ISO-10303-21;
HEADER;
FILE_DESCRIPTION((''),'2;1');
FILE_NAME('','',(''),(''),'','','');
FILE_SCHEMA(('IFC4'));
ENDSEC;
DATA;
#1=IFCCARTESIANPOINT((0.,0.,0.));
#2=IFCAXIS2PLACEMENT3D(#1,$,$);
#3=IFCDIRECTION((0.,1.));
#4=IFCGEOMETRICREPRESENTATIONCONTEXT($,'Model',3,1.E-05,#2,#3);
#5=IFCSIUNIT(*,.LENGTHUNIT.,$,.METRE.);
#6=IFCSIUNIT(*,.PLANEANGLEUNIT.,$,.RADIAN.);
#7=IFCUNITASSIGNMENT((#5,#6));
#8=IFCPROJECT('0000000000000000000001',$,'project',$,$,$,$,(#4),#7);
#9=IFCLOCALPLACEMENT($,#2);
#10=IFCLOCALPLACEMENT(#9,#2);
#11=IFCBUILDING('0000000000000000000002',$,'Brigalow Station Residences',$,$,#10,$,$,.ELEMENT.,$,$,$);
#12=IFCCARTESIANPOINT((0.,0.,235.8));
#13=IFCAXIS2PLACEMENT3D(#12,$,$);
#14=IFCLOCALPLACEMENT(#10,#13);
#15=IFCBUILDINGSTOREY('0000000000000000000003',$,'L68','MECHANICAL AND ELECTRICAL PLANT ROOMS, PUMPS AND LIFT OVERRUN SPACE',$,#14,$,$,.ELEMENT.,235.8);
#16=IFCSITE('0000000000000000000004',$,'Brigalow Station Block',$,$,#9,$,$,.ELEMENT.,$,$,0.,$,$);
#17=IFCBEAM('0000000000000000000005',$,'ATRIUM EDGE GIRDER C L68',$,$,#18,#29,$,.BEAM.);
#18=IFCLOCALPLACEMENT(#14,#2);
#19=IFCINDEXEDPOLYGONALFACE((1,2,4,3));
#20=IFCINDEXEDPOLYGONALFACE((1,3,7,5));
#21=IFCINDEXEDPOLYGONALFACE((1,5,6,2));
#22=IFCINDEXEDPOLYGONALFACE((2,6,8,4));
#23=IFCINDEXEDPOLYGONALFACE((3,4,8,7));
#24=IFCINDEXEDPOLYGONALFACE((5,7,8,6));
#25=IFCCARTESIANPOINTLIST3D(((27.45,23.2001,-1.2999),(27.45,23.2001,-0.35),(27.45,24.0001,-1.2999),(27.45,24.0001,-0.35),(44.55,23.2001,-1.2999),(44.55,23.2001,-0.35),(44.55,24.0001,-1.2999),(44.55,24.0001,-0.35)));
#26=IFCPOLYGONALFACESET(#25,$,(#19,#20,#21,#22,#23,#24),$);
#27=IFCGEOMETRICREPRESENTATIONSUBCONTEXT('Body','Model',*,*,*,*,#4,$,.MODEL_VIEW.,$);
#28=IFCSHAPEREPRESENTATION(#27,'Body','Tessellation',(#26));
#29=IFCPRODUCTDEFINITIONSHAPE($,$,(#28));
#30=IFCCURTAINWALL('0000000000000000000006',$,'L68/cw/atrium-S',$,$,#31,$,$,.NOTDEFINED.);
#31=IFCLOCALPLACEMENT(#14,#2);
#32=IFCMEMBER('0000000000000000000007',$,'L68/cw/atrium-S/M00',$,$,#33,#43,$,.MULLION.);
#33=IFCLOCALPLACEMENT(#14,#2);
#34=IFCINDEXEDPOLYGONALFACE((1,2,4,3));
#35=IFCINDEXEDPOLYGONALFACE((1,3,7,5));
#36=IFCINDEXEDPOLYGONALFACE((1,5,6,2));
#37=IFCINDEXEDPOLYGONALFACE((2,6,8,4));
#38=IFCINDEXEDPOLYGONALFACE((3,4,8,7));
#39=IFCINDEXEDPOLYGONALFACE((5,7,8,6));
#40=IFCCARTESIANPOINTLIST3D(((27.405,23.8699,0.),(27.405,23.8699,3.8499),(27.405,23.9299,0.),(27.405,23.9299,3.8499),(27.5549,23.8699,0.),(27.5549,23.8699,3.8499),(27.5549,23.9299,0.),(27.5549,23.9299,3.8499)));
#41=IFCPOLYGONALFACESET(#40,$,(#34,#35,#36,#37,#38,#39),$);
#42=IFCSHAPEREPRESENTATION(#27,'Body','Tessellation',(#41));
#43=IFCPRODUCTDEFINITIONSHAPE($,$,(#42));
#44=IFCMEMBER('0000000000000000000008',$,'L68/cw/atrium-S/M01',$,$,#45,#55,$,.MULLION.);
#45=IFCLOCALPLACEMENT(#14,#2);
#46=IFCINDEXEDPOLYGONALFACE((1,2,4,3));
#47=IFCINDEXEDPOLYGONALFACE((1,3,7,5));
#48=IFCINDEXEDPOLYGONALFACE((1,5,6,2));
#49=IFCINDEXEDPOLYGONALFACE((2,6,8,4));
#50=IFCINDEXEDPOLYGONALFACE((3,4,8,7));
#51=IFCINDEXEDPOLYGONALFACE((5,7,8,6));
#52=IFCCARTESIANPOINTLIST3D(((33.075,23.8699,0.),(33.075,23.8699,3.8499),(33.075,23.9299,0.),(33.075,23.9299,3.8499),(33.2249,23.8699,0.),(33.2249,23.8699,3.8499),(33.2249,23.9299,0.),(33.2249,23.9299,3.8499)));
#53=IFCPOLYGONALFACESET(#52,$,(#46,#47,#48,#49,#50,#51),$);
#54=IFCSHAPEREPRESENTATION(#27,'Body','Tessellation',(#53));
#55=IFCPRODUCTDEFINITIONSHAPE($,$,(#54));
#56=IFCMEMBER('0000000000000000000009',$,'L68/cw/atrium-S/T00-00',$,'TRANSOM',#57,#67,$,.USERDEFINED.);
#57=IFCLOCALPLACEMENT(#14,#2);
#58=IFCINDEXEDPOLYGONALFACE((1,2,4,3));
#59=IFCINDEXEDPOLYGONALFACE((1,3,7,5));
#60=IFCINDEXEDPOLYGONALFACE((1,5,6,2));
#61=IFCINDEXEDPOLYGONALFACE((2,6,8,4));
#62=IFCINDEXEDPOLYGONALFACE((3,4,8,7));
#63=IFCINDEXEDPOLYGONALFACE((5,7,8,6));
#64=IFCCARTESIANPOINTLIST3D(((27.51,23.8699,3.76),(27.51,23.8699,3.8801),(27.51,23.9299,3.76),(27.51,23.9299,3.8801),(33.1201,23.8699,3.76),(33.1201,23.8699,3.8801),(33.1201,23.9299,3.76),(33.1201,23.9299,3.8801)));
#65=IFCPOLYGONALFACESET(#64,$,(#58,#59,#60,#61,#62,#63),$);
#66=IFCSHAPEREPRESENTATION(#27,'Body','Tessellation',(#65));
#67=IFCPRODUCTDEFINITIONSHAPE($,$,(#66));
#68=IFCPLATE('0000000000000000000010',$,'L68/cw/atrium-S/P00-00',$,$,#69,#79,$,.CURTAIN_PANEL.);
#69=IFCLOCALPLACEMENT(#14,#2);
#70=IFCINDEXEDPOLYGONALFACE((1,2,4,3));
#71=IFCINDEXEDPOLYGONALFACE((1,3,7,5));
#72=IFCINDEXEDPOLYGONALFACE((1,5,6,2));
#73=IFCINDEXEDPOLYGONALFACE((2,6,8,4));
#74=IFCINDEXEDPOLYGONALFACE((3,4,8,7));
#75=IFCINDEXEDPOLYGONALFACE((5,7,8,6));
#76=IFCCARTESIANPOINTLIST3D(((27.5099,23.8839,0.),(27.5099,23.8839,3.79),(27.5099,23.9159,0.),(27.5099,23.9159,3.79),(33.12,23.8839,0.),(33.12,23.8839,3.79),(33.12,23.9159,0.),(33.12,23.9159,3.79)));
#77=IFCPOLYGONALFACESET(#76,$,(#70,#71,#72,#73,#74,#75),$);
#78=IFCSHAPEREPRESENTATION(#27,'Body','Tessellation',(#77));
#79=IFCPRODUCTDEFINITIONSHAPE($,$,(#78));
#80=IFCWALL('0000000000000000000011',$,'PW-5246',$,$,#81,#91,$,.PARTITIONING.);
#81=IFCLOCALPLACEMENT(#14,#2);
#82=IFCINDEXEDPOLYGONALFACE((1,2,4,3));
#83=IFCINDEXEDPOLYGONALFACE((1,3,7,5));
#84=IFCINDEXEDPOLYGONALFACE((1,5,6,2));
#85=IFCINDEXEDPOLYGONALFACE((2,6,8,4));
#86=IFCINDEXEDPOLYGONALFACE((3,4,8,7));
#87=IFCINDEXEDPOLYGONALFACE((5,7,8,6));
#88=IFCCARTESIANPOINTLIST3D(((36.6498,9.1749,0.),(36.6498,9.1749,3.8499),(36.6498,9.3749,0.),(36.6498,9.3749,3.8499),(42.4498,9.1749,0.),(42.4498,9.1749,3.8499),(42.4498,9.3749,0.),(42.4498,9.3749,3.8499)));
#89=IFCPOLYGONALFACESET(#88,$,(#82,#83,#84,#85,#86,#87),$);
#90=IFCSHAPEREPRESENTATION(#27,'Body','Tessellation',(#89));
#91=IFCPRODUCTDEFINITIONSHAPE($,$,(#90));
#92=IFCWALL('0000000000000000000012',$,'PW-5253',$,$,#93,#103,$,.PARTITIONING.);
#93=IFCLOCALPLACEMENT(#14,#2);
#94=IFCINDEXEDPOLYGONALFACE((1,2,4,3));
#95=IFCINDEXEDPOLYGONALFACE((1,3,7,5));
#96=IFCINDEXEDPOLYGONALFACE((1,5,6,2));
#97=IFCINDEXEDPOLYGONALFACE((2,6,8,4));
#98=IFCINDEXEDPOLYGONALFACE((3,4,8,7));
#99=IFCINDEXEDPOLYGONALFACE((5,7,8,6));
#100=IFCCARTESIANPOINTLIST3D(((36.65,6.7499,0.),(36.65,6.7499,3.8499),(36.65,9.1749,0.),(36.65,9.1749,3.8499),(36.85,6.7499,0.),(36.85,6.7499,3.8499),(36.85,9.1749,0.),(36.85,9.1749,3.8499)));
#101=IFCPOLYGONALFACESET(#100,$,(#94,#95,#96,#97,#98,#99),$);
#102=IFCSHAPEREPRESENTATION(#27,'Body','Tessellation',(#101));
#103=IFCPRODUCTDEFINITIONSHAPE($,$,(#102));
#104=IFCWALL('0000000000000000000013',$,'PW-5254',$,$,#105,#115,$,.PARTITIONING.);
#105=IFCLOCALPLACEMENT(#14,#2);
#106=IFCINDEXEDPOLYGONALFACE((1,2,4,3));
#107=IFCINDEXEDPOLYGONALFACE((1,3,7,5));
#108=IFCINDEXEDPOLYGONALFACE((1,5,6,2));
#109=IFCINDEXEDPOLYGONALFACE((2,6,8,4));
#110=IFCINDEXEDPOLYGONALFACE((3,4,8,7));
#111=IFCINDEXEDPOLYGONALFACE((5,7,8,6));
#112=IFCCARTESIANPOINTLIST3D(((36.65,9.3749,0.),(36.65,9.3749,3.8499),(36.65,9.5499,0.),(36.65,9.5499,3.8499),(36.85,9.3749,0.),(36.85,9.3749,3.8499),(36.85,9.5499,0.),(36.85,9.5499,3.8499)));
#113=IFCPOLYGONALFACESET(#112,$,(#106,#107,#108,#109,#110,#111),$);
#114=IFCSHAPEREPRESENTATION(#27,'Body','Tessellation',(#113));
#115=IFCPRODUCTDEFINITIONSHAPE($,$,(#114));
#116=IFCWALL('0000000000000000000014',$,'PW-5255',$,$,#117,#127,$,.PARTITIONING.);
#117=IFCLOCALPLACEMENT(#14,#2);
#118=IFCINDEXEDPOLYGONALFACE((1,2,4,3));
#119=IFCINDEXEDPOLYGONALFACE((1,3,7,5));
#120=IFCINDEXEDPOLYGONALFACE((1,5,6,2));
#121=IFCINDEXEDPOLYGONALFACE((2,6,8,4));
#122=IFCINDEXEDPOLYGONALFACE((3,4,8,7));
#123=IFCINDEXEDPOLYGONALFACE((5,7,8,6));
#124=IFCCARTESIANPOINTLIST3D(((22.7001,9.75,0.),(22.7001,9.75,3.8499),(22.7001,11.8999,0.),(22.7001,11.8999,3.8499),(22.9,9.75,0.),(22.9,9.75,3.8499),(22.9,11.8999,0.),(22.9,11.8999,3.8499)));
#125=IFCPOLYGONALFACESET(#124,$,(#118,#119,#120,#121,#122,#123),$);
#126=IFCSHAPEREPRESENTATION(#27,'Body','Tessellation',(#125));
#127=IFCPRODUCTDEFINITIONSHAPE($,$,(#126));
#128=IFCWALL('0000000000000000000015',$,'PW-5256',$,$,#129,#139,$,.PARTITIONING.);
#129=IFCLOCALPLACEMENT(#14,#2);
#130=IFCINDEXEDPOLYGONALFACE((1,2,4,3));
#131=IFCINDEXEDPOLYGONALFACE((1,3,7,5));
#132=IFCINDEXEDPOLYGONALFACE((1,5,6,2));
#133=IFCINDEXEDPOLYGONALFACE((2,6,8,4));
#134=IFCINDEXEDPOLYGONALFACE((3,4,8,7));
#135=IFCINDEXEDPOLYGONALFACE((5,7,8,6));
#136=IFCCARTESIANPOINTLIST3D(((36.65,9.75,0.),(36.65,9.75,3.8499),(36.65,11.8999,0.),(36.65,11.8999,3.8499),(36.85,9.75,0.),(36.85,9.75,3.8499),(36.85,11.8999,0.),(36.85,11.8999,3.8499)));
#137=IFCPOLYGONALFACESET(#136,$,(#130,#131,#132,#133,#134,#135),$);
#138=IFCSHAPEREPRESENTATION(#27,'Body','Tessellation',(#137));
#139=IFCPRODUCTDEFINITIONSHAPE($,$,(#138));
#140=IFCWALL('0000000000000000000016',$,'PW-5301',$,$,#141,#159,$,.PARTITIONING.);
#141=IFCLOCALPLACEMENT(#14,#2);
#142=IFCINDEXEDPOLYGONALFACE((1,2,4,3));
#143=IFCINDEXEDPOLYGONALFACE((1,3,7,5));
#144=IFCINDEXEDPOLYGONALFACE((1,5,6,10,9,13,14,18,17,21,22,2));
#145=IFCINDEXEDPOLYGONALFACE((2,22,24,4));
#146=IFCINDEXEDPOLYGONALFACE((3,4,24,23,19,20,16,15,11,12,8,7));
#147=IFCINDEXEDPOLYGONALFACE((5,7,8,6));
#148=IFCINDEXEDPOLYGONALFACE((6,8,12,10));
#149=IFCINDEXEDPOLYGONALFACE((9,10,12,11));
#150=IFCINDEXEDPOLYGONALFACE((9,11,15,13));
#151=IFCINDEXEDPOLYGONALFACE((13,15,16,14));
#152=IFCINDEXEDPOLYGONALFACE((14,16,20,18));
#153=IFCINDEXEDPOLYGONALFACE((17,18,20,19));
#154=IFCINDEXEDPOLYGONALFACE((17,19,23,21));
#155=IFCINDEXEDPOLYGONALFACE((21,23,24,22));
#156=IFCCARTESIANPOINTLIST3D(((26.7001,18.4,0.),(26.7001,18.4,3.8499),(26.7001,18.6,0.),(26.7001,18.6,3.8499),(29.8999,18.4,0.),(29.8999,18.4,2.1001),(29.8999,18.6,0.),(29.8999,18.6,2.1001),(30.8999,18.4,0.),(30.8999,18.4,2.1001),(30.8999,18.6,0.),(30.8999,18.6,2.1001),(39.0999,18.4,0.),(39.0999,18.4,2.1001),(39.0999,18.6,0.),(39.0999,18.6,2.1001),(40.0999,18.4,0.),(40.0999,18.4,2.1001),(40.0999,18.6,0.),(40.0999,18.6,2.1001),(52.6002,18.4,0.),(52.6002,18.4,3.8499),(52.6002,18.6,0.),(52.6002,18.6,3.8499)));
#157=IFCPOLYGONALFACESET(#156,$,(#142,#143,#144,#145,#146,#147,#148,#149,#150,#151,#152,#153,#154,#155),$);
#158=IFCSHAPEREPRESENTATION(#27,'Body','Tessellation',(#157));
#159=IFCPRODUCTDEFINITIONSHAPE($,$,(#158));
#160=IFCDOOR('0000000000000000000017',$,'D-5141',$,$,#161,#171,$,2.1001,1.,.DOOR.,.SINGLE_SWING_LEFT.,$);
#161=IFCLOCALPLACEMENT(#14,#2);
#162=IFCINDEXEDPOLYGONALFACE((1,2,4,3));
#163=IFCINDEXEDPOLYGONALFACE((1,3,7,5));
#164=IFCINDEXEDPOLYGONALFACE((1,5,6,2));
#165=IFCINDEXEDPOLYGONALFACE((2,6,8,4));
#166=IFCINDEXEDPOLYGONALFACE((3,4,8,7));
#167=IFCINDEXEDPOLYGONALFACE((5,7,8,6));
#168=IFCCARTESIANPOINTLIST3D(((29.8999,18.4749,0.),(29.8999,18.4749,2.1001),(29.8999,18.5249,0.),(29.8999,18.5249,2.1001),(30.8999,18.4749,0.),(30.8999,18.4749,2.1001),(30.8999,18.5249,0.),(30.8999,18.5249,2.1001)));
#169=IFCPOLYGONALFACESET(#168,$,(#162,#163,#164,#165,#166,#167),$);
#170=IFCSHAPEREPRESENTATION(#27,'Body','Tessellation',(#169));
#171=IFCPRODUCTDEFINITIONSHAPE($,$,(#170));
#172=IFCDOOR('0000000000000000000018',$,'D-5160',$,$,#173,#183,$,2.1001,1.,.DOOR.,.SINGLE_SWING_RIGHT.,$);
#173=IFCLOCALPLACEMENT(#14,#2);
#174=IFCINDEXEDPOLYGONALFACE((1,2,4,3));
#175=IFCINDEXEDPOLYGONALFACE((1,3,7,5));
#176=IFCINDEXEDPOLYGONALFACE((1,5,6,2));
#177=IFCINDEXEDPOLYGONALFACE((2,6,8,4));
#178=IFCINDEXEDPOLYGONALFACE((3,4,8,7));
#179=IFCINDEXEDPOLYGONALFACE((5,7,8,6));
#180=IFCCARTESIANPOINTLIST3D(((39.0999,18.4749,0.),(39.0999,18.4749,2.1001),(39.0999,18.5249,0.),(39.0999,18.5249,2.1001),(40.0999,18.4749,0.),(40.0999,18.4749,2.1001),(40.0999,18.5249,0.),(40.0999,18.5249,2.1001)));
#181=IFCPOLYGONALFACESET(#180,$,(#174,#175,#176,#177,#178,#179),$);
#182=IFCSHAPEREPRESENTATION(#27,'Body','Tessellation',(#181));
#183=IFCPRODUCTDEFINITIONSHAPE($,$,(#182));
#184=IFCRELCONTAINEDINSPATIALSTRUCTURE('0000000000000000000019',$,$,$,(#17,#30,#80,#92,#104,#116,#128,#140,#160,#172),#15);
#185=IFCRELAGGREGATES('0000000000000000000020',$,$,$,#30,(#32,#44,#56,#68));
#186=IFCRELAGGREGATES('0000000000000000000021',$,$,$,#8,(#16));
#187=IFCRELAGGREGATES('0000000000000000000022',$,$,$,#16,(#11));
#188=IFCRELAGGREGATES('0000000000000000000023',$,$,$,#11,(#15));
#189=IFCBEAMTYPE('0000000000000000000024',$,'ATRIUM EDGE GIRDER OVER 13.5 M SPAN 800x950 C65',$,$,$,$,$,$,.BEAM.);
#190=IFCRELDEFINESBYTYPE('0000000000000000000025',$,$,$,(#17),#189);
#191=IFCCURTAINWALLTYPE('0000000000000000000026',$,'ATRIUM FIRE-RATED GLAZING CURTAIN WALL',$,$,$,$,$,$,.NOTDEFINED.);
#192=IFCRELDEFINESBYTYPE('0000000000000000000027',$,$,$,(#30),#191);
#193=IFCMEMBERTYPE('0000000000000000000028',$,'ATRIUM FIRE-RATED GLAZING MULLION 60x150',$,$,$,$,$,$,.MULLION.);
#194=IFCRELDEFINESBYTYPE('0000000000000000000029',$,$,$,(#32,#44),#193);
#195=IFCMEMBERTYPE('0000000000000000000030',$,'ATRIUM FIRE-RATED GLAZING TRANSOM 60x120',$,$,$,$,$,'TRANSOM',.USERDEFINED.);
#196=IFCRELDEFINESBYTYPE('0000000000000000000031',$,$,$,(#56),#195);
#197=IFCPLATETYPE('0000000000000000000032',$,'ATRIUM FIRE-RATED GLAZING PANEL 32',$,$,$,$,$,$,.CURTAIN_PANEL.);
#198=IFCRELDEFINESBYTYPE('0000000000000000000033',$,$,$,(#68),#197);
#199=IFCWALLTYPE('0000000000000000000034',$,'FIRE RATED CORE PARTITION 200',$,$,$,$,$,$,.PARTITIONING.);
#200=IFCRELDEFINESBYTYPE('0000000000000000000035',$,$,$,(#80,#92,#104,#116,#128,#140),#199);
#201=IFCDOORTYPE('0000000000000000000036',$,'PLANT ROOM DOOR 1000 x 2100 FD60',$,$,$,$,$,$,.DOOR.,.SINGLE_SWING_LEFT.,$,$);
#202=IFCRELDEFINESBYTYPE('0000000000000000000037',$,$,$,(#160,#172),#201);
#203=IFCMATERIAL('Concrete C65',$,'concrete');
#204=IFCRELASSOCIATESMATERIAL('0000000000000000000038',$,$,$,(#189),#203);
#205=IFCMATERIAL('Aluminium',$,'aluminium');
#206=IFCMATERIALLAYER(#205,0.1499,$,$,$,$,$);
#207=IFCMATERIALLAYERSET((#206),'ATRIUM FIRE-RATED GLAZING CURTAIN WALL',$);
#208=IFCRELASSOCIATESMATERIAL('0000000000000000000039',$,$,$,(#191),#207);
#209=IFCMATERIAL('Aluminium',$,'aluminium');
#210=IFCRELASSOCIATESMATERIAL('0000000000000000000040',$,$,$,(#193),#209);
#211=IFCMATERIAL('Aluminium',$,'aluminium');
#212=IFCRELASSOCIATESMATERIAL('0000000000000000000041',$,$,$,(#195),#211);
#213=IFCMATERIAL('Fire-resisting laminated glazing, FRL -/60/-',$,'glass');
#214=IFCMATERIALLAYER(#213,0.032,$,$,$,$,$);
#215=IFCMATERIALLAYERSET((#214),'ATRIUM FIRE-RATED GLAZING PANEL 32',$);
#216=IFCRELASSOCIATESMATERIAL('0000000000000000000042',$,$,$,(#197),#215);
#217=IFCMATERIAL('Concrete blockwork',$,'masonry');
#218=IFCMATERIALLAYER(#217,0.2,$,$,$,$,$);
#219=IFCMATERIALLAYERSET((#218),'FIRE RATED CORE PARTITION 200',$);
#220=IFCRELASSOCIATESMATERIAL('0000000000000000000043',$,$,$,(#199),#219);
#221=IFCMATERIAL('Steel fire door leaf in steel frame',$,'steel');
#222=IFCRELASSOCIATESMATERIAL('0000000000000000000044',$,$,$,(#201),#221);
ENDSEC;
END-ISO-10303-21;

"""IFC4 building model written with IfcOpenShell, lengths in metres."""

from ifc_helpers import new_model, si_unit, direction, frame, frame_2d, origin, origin_2d, place, context, subcontext, project, spatial, rectangle, extrude, material, layer, layer_set, material_profile, profile_set, type_object, element, fill, aggregate, save


model = new_model("IFC4")

# Units and contexts
model_context = context("Model", 3, precision=1e-05, world=origin(), true_north=direction((0.0, 1.0)))
body_context = subcontext(model_context, "Body", "Model", "MODEL_VIEW")
ifc_project = project(units=[si_unit("LENGTHUNIT", "METRE"), si_unit("PLANEANGLEUNIT", "RADIAN")], contexts=[model_context])

# Site, building, storey
site_placement = place(None, origin())
site = spatial("IfcSite", under=ifc_project, at=site_placement, Name="Brigalow Station Block", CompositionType="ELEMENT", RefElevation=0.0)
building_placement = place(site_placement, origin())
building = spatial("IfcBuilding", under=site, at=building_placement, Name="Brigalow Station Residences", CompositionType="ELEMENT")
storey_placement = place(building_placement, frame((0.0, 0.0, 235.8)))
storey = spatial("IfcBuildingStorey", under=building, at=storey_placement, Name="L68", Description="MECHANICAL AND ELECTRICAL PLANT ROOMS, PUMPS AND LIFT OVERRUN SPACE", CompositionType="ELEMENT", Elevation=235.8)

# Beam
ifc_material_1 = material(Name="Concrete C65", Category="concrete")
ifc_material_profile_1 = material_profile(ifc_material_1, rectangle(XDim=0.8, YDim=0.95, at=origin_2d()), Name="RC800x950")
ifc_profile_set_1 = profile_set([ifc_material_profile_1], Name="Concrete C65")
beam_type = type_object("IfcBeamType", Name="ATRIUM EDGE GIRDER OVER 13.5 M SPAN 800x950 C65", PredefinedType="BEAM", material=ifc_profile_set_1)
beam_placement = place(storey_placement, frame((27.45, 23.6001, -0.825), z_axis=(1.0, 0.0, 0.0), x_axis=(0.0, 1.0, 0.0)))
element("IfcBeam", 1, at=beam_placement, inside=storey, type_object=beam_type, Name="ATRIUM EDGE GIRDER C L68", PredefinedType="BEAM", context=body_context, shape_type="SweptSolid", body=[
    extrude(rectangle(XDim=0.8, YDim=0.95, at=origin_2d()), origin(), (0.0, 0.0, 1.0), 17.1001),
])

# Curtain wall, members, plate
ifc_material_2 = material(Name="Aluminium", Category="aluminium")
ifc_layer_1 = layer(ifc_material_2, 0.1499)
ifc_layer_set_1 = layer_set([ifc_layer_1], Name="ATRIUM FIRE-RATED GLAZING CURTAIN WALL")
curtain_wall_type = type_object("IfcCurtainWallType", Name="ATRIUM FIRE-RATED GLAZING CURTAIN WALL", PredefinedType="NOTDEFINED", material=ifc_layer_set_1)
curtain_wall_placement = place(storey_placement, origin())
curtain_wall = element("IfcCurtainWall", 2, at=curtain_wall_placement, inside=storey, type_object=curtain_wall_type, Name="L68/cw/atrium-S", PredefinedType="NOTDEFINED")
ifc_material_3 = material(Name="Aluminium", Category="aluminium")
ifc_material_profile_2 = material_profile(ifc_material_3, rectangle(XDim=0.0601, YDim=0.1499, at=origin_2d()), Name="ATRIUM FIRE-RATED GLAZING MULLION 60x150")
ifc_profile_set_2 = profile_set([ifc_material_profile_2], Name="Aluminium")
member_type_1 = type_object("IfcMemberType", Name="ATRIUM FIRE-RATED GLAZING MULLION 60x150", PredefinedType="MULLION", material=ifc_profile_set_2)
member_1_placement = place(storey_placement, frame((27.48, 23.8999, 0.0), z_axis=(0.0, 0.0, 1.0), x_axis=(0.0, 1.0, 0.0)))
member_1 = element("IfcMember", 3, at=member_1_placement, type_object=member_type_1, Name="L68/cw/atrium-S/M00", PredefinedType="MULLION", context=body_context, shape_type="SweptSolid", body=[
    extrude(rectangle(XDim=0.0601, YDim=0.1499, at=origin_2d()), origin(), (0.0, 0.0, 1.0), 3.8499),
])
member_2_placement = place(storey_placement, frame((33.1499, 23.8999, 0.0), z_axis=(0.0, 0.0, 1.0), x_axis=(0.0, 1.0, 0.0)))
member_2 = element("IfcMember", 4, at=member_2_placement, type_object=member_type_1, Name="L68/cw/atrium-S/M01", PredefinedType="MULLION", context=body_context, shape_type="SweptSolid", body=[
    extrude(rectangle(XDim=0.0601, YDim=0.1499, at=origin_2d()), origin(), (0.0, 0.0, 1.0), 3.8499),
])
ifc_material_4 = material(Name="Aluminium", Category="aluminium")
ifc_material_profile_3 = material_profile(ifc_material_4, rectangle(XDim=0.0601, YDim=0.1201, at=origin_2d()), Name="ATRIUM FIRE-RATED GLAZING TRANSOM 60x120")
ifc_profile_set_3 = profile_set([ifc_material_profile_3], Name="Aluminium")
member_type_2 = type_object("IfcMemberType", Name="ATRIUM FIRE-RATED GLAZING TRANSOM 60x120", ElementType="TRANSOM", PredefinedType="USERDEFINED", material=ifc_profile_set_3)
member_3_placement = place(storey_placement, frame((27.51, 23.8999, 3.8201), z_axis=(1.0, 0.0, 0.0), x_axis=(0.0, 1.0, 0.0)))
member_3 = element("IfcMember", 5, at=member_3_placement, type_object=member_type_2, Name="L68/cw/atrium-S/T00-00", ObjectType="TRANSOM", PredefinedType="USERDEFINED", context=body_context, shape_type="SweptSolid", body=[
    extrude(rectangle(XDim=0.0601, YDim=0.1201, at=origin_2d()), origin(), (0.0, 0.0, 1.0), 5.6101),
])
ifc_material_5 = material(Name="Fire-resisting laminated glazing, FRL -/60/-", Category="glass")
ifc_layer_2 = layer(ifc_material_5, 0.032)
ifc_layer_set_2 = layer_set([ifc_layer_2], Name="ATRIUM FIRE-RATED GLAZING PANEL 32")
plate_type = type_object("IfcPlateType", Name="ATRIUM FIRE-RATED GLAZING PANEL 32", PredefinedType="CURTAIN_PANEL", material=ifc_layer_set_2)
plate_placement = place(storey_placement, frame((30.3149, 23.8999, 0.0), z_axis=(0.0, 0.0, 1.0), x_axis=(1.0, 0.0, 0.0)))
plate = element("IfcPlate", 6, at=plate_placement, type_object=plate_type, Name="L68/cw/atrium-S/P00-00", PredefinedType="CURTAIN_PANEL", context=body_context, shape_type="SweptSolid", body=[
    extrude(rectangle(XDim=5.6101, YDim=0.032, at=origin_2d()), origin(), (0.0, 0.0, 1.0), 3.79),
])
aggregate(curtain_wall, [member_1, member_2, member_3, plate])

# Walls
ifc_material_6 = material(Name="Concrete blockwork", Category="masonry")
ifc_layer_3 = layer(ifc_material_6, 0.2)
ifc_layer_set_3 = layer_set([ifc_layer_3], Name="FIRE RATED CORE PARTITION 200")
wall_type = type_object("IfcWallType", Name="FIRE RATED CORE PARTITION 200", PredefinedType="PARTITIONING", material=ifc_layer_set_3)
wall_1_placement = place(storey_placement, frame((36.6499, 9.2749, 0.0), z_axis=(0.0, 0.0, 1.0), x_axis=(1.0, 0.0, 0.0)))
element("IfcWall", 7, at=wall_1_placement, inside=storey, type_object=wall_type, Name="PW-5246", PredefinedType="PARTITIONING", context=body_context, shape_type="SweptSolid", body=[
    extrude(rectangle(XDim=5.8, YDim=0.2, at=frame_2d((2.8999, 0.0))), origin(), (0.0, 0.0, 1.0), 3.8499),
])
wall_2_placement = place(storey_placement, frame((36.75, 6.75, 0.0), z_axis=(0.0, 0.0, 1.0), x_axis=(0.0, 1.0, 0.0)))
element("IfcWall", 8, at=wall_2_placement, inside=storey, type_object=wall_type, Name="PW-5253", PredefinedType="PARTITIONING", context=body_context, shape_type="SweptSolid", body=[
    extrude(rectangle(XDim=2.425, YDim=0.2, at=frame_2d((1.2124, 0.0))), origin(), (0.0, 0.0, 1.0), 3.8499),
])
wall_3_placement = place(storey_placement, frame((36.75, 9.375, 0.0), z_axis=(0.0, 0.0, 1.0), x_axis=(0.0, 1.0, 0.0)))
element("IfcWall", 9, at=wall_3_placement, inside=storey, type_object=wall_type, Name="PW-5254", PredefinedType="PARTITIONING", context=body_context, shape_type="SweptSolid", body=[
    extrude(rectangle(XDim=0.175, YDim=0.2, at=frame_2d((0.0874, 0.0))), origin(), (0.0, 0.0, 1.0), 3.8499),
])
for number, where, z_axis, x_axis, name in (
    (10, (22.8, 9.75, 0.0), (0.0, 0.0, 1.0), (0.0, 1.0, 0.0), "PW-5255"),
    (11, (36.75, 9.75, 0.0), (0.0, 0.0, 1.0), (0.0, 1.0, 0.0), "PW-5256"),
):
    element("IfcWall", number, at=place(storey_placement, frame(where, z_axis=z_axis, x_axis=x_axis)), inside=storey, type_object=wall_type, Name=name, PredefinedType="PARTITIONING", context=body_context, shape_type="SweptSolid", body=[
        extrude(rectangle(XDim=2.1499, YDim=0.2, at=frame_2d((1.075, 0.0))), origin(), (0.0, 0.0, 1.0), 3.8499),
    ])

# Wall, openings, doors
wall_4_placement = place(storey_placement, frame((26.7, 18.5, 0.0), z_axis=(0.0, 0.0, 1.0), x_axis=(1.0, 0.0, 0.0)))
wall_4 = element("IfcWall", 12, at=wall_4_placement, inside=storey, type_object=wall_type, Name="PW-5301", PredefinedType="PARTITIONING", context=body_context, shape_type="SweptSolid", body=[
    extrude(rectangle(XDim=25.9001, YDim=0.2, at=frame_2d((12.9502, 0.0))), origin(), (0.0, 0.0, 1.0), 3.8499),
])
opening_1_placement = place(wall_4_placement, frame((3.2, 0.0, 0.0)))
opening_1 = element("IfcOpeningElement", 13, at=opening_1_placement, cuts=wall_4, PredefinedType="OPENING", context=body_context, shape_type="SweptSolid", body=[
    extrude(rectangle(XDim=1.0, YDim=2.1001, at=frame_2d((0.5, 1.05))), frame((0.0, 0.1099, 0.0), z_axis=(0.0, -1.0, 0.0), x_axis=(1.0, 0.0, 0.0)), (0.0, 0.0, 1.0), 0.22),
])
opening_2_placement = place(wall_4_placement, frame((12.3999, 0.0, 0.0)))
opening_2 = element("IfcOpeningElement", 14, at=opening_2_placement, cuts=wall_4, PredefinedType="OPENING", context=body_context, shape_type="SweptSolid", body=[
    extrude(rectangle(XDim=1.0, YDim=2.1001, at=frame_2d((0.5, 1.05))), frame((0.0, 0.1099, 0.0), z_axis=(0.0, -1.0, 0.0), x_axis=(1.0, 0.0, 0.0)), (0.0, 0.0, 1.0), 0.22),
])
ifc_material_7 = material(Name="Steel fire door leaf in steel frame", Category="steel")
door_type = type_object("IfcDoorType", Name="PLANT ROOM DOOR 1000 x 2100 FD60", OperationType="SINGLE_SWING_LEFT", PredefinedType="DOOR", material=ifc_material_7)
door_1_placement = place(opening_1_placement, origin())
door_1 = element("IfcDoor", 15, at=door_1_placement, inside=storey, type_object=door_type, Name="D-5141", OperationType="SINGLE_SWING_LEFT", OverallHeight=2.1001, OverallWidth=1.0, PredefinedType="DOOR", context=body_context, shape_type="SweptSolid", body=[
    extrude(rectangle(XDim=1.0, YDim=2.1001, at=frame_2d((0.5, 1.05))), frame((0.0, 0.0249, 0.0), z_axis=(0.0, -1.0, 0.0), x_axis=(1.0, 0.0, 0.0)), (0.0, 0.0, 1.0), 0.05),
])
fill(opening_1, door_1)
door_2_placement = place(opening_2_placement, origin())
door_2 = element("IfcDoor", 16, at=door_2_placement, inside=storey, type_object=door_type, Name="D-5160", OperationType="SINGLE_SWING_RIGHT", OverallHeight=2.1001, OverallWidth=1.0, PredefinedType="DOOR", context=body_context, shape_type="SweptSolid", body=[
    extrude(rectangle(XDim=1.0, YDim=2.1001, at=frame_2d((0.5, 1.05))), frame((0.0, 0.0249, 0.0), z_axis=(0.0, -1.0, 0.0), x_axis=(1.0, 0.0, 0.0)), (0.0, 0.0, 1.0), 0.05),
])
fill(opening_2, door_2)

save(model, "model.ifc")
